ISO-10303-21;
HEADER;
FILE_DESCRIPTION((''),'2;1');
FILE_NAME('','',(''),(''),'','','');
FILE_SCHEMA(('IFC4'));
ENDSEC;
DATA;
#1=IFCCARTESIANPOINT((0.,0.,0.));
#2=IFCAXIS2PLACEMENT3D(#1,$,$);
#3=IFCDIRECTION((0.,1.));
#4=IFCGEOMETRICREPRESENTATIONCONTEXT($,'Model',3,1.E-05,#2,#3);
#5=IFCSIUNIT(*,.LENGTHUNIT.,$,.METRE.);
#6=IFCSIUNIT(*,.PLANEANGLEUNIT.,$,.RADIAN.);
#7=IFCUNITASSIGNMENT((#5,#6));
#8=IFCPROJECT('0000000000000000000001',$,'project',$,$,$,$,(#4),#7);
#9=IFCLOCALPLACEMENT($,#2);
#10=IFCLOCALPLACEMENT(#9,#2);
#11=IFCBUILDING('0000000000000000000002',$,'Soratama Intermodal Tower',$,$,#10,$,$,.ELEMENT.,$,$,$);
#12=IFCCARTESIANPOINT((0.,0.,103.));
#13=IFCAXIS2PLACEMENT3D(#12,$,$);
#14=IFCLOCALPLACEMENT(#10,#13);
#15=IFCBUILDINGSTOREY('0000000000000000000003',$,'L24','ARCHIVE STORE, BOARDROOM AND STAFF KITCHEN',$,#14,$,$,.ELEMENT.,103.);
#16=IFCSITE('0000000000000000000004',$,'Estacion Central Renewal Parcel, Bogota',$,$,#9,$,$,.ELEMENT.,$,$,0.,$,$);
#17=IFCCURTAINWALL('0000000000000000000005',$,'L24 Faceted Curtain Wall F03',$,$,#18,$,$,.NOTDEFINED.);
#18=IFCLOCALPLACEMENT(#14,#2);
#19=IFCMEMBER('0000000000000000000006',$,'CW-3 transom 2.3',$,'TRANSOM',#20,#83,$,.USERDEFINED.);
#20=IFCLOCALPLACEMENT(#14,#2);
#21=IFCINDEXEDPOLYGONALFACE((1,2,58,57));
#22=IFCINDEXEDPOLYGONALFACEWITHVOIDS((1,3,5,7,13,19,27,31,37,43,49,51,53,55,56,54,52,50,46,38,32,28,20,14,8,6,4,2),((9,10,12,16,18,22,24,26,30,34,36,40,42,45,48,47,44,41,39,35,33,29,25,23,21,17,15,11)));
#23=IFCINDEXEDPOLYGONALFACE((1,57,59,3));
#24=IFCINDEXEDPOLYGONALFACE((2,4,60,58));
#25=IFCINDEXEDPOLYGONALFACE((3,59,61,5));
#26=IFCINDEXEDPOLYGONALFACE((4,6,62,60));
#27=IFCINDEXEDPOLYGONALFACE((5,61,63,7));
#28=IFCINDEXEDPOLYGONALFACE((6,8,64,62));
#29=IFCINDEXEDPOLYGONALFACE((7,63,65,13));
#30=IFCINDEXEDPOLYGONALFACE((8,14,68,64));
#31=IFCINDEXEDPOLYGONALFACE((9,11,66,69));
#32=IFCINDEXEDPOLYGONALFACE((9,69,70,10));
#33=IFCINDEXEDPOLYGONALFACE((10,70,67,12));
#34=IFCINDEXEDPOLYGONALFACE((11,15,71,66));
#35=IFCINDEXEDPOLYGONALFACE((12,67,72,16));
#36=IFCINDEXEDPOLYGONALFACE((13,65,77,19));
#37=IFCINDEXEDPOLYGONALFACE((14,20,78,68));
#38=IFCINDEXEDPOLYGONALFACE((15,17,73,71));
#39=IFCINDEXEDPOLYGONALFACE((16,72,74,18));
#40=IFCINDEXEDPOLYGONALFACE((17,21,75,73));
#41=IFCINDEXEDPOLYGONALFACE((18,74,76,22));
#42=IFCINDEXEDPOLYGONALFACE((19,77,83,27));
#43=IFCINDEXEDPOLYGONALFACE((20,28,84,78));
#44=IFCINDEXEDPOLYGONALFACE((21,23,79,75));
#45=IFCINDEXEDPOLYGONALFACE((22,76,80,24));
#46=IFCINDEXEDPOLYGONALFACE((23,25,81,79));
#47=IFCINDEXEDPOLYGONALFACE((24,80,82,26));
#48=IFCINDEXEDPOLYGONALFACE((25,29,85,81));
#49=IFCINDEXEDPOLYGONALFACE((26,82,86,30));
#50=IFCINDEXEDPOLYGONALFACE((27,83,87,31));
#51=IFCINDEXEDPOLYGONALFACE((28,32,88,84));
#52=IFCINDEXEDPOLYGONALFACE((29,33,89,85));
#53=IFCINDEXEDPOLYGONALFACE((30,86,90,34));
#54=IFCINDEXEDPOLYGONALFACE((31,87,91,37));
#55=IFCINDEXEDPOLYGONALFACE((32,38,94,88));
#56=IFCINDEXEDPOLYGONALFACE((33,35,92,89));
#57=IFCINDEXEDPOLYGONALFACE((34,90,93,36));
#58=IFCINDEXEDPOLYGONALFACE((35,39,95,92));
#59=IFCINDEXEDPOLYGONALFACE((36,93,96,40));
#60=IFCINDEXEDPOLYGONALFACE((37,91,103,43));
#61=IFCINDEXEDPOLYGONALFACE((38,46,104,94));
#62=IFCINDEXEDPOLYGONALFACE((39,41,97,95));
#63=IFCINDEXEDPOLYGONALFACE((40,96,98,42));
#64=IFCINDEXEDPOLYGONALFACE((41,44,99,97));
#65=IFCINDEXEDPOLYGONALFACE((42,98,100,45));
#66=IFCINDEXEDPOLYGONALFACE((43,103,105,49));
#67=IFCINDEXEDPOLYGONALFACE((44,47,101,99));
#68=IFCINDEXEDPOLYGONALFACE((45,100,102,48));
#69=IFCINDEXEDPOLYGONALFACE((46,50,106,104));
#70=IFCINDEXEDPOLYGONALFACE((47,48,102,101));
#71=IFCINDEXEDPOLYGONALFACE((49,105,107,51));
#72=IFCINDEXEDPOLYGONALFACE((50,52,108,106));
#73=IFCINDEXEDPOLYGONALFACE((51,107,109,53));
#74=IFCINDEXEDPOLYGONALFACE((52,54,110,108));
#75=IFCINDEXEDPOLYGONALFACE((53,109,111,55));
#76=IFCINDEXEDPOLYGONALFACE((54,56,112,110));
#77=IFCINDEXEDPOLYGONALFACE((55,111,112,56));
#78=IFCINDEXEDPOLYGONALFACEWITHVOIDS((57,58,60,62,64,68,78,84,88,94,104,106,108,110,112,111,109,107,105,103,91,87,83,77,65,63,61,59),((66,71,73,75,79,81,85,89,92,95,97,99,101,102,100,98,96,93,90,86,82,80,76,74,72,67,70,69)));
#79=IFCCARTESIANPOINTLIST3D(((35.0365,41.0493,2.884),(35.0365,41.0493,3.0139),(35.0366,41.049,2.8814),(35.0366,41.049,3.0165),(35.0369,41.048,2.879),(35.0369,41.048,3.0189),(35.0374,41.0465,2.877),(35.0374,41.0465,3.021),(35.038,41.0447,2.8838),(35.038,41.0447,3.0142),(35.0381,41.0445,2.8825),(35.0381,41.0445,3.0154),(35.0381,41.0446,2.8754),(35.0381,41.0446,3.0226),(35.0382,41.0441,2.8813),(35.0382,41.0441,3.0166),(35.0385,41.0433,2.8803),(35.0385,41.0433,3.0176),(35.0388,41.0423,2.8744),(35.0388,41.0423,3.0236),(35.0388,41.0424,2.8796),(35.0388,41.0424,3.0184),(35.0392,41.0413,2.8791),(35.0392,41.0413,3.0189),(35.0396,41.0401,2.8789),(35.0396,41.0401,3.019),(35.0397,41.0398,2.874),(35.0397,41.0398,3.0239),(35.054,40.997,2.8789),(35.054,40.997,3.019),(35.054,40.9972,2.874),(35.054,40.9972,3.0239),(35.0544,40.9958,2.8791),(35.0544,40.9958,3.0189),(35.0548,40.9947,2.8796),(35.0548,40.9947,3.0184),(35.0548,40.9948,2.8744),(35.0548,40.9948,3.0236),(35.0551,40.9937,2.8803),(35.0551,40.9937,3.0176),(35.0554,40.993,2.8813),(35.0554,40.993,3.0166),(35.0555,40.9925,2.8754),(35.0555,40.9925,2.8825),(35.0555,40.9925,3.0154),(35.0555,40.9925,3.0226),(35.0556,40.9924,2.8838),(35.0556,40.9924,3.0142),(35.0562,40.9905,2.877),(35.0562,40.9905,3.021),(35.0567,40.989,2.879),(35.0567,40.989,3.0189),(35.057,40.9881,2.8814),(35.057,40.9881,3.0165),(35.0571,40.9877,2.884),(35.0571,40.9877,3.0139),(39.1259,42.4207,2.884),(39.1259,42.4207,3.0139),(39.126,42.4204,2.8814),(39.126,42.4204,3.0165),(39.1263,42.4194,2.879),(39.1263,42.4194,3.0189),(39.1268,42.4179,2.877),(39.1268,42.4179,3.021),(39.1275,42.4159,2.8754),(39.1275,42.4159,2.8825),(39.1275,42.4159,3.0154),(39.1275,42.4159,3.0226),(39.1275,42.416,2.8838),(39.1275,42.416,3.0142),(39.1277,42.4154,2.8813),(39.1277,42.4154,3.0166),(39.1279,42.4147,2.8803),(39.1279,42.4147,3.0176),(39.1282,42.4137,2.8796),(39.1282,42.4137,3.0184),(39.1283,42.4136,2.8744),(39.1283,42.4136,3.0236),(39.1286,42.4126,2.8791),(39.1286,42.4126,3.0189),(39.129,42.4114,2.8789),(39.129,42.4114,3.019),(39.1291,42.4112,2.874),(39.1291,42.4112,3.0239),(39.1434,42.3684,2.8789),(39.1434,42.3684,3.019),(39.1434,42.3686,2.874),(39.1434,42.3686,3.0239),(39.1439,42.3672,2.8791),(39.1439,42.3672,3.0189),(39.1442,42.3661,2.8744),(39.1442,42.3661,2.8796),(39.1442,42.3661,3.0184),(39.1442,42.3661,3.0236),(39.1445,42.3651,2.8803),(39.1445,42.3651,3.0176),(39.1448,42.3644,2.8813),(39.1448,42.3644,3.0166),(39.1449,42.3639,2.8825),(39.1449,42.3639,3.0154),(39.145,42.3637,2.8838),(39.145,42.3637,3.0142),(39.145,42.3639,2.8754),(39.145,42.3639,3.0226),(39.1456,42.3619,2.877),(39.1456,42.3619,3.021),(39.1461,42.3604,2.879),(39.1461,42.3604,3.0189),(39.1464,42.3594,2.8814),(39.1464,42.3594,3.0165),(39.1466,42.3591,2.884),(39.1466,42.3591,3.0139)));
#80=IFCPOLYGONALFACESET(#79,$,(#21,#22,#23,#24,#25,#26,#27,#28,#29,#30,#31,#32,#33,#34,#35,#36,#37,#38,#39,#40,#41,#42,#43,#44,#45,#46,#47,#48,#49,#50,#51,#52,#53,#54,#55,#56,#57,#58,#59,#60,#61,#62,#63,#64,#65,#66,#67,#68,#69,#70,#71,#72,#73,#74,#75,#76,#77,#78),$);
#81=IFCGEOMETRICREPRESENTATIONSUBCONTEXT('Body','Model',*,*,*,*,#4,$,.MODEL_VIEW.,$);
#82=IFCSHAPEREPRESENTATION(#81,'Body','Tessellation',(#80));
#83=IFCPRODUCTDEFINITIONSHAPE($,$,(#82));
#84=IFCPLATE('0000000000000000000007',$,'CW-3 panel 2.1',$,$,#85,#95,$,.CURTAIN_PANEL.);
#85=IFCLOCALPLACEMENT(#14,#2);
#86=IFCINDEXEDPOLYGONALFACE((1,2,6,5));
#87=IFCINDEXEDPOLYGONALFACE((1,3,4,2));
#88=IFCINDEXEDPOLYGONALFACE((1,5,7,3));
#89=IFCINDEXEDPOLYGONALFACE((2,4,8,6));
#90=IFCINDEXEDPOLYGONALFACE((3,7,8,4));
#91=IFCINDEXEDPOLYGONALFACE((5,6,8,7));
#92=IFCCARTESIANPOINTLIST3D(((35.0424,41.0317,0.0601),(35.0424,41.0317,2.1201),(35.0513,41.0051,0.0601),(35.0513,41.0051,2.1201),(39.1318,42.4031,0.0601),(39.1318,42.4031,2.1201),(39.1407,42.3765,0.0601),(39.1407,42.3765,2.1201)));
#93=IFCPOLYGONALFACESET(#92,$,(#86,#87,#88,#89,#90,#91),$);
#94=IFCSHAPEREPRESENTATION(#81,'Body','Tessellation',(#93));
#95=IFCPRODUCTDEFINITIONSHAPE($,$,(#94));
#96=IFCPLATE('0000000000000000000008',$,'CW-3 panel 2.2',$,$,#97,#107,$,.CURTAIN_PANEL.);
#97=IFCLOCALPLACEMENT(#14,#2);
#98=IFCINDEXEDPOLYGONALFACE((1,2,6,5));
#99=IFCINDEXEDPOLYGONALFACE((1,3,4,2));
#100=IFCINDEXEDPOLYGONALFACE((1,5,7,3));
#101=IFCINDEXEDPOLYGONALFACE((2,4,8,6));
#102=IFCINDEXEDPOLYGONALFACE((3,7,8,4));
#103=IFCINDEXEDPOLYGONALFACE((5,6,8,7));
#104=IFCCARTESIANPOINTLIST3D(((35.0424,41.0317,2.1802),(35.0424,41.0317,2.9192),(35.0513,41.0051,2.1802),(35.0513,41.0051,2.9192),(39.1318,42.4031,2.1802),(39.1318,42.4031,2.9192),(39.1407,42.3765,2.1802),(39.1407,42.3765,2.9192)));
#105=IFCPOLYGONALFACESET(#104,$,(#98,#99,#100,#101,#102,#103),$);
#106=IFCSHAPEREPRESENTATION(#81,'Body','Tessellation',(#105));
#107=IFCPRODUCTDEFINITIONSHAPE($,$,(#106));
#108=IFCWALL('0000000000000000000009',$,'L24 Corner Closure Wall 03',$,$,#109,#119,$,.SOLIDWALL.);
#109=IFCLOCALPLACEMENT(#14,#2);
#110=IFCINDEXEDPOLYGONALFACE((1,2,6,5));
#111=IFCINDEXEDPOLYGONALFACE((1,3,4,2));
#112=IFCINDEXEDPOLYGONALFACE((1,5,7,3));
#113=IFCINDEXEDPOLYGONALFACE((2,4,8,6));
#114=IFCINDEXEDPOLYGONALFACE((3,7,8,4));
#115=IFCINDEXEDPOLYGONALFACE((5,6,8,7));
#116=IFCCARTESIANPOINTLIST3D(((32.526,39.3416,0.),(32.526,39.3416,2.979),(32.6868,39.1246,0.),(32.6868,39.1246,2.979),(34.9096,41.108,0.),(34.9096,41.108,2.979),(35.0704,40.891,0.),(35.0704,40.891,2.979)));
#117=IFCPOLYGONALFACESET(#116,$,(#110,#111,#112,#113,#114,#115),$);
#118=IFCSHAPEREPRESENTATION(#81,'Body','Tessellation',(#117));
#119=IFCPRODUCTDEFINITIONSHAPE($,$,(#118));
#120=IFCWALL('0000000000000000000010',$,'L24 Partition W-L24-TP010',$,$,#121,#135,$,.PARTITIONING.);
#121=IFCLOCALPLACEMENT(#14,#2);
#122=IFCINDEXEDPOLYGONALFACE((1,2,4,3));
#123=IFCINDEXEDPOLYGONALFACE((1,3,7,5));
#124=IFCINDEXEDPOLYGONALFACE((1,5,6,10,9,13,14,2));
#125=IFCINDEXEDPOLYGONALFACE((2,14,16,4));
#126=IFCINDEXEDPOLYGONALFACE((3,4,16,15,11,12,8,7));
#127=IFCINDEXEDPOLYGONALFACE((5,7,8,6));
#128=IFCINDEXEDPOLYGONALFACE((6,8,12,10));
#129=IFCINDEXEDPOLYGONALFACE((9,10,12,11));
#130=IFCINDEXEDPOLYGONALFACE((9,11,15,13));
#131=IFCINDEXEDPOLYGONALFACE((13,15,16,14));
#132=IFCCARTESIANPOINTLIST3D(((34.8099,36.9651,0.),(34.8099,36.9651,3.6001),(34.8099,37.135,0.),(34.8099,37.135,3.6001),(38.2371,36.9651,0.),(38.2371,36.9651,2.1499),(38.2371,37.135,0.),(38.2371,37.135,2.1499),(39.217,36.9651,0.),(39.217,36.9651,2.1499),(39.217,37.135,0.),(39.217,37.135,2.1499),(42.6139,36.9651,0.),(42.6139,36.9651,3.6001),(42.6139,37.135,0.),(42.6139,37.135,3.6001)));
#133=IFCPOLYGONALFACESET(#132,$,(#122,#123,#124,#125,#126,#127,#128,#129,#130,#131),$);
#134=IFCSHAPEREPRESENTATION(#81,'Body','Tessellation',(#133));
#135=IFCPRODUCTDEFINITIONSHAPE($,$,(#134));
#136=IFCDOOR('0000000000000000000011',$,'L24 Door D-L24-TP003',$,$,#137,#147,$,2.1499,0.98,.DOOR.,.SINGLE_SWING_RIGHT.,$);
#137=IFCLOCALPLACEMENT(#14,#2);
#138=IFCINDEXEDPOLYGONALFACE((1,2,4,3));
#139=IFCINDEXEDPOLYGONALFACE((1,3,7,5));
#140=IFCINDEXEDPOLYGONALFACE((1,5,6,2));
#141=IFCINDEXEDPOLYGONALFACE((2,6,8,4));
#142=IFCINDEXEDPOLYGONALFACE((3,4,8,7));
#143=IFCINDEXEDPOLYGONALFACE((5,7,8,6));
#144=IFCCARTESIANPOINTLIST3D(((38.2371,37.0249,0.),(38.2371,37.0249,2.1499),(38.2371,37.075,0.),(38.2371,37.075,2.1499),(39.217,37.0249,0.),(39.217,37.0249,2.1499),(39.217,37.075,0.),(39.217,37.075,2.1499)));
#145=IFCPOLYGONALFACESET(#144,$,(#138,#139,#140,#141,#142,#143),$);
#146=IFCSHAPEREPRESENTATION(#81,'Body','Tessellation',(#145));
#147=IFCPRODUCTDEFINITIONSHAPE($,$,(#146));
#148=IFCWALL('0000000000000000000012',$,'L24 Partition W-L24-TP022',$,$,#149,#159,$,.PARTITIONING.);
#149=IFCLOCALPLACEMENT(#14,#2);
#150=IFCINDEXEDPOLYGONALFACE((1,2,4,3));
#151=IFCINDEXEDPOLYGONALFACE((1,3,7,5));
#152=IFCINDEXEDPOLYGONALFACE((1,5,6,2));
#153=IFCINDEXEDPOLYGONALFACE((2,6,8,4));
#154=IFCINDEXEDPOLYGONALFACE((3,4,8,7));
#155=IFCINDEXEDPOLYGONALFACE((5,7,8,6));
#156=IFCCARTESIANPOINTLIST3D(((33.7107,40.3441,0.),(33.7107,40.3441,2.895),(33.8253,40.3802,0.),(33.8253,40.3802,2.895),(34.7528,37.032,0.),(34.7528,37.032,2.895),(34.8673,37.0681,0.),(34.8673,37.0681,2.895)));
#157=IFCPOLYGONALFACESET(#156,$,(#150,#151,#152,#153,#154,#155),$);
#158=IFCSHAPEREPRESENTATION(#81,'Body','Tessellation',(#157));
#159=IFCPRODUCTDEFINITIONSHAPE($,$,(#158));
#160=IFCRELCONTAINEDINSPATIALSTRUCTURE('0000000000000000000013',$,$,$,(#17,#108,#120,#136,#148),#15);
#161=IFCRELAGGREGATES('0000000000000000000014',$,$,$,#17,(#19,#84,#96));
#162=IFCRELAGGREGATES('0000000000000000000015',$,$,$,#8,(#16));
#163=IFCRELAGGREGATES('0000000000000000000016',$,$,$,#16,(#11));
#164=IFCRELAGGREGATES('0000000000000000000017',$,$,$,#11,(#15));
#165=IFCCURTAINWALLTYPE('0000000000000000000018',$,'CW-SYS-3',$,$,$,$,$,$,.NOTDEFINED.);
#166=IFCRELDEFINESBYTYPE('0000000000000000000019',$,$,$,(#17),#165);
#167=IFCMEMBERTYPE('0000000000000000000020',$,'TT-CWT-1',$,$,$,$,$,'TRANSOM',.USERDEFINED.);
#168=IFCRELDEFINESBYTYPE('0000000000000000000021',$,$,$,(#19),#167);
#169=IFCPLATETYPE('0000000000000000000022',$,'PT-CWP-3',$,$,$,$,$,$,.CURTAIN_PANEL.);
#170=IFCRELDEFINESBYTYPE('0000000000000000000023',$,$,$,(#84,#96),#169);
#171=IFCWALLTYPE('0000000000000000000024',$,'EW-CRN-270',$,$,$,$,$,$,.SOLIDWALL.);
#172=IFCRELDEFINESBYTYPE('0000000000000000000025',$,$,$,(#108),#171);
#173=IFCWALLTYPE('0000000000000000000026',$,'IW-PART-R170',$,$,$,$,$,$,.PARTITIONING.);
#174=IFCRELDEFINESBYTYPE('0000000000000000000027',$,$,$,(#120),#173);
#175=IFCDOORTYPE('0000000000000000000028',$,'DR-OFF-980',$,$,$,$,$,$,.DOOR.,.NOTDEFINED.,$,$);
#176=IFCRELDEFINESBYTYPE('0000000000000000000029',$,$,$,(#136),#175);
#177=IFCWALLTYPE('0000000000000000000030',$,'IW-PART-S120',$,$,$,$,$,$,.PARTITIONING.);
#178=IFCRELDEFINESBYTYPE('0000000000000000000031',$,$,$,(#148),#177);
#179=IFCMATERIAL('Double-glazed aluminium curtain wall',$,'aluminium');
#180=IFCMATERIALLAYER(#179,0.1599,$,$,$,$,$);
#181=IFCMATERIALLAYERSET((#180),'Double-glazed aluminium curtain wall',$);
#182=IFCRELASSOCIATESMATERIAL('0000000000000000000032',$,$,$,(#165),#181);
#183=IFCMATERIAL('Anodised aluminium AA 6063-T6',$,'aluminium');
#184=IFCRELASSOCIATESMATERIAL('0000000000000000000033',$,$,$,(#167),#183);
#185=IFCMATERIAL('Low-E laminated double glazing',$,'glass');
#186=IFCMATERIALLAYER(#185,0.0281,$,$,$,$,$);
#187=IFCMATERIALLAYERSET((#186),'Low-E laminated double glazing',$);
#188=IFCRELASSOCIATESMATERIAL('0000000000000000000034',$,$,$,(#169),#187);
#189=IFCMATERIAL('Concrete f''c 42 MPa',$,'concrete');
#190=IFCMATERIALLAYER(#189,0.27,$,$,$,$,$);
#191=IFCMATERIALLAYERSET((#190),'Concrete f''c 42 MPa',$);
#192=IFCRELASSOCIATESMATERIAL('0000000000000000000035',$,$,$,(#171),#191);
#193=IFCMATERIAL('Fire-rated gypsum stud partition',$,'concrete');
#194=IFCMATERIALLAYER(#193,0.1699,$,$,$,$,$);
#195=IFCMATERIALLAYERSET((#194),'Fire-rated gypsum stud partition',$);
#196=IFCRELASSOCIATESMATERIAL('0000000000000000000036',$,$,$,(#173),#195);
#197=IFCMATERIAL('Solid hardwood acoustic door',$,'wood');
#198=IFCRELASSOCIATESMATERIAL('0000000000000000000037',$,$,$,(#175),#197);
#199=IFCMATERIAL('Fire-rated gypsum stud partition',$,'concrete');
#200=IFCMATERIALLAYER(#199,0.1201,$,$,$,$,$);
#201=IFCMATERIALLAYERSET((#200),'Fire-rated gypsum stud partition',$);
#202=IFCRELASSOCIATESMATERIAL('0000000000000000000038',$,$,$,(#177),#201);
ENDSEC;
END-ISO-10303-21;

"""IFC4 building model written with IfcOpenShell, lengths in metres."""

from ifc_helpers import new_model, si_unit, direction, frame, frame_2d, origin, origin_2d, place, context, subcontext, project, spatial, rectangle, hollow_rectangle, extrude, material, layer, layer_set, material_profile, profile_set, type_object, element, fill, aggregate, save


model = new_model("IFC4")

# Units and contexts
model_context = context("Model", 3, precision=1e-05, world=origin(), true_north=direction((0.0, 1.0)))
body_context = subcontext(model_context, "Body", "Model", "MODEL_VIEW")
ifc_project = project(units=[si_unit("LENGTHUNIT", "METRE"), si_unit("PLANEANGLEUNIT", "RADIAN")], contexts=[model_context])

# Site, building, storey
site_placement = place(None, origin())
site = spatial("IfcSite", under=ifc_project, at=site_placement, Name="Estacion Central Renewal Parcel, Bogota", CompositionType="ELEMENT", RefElevation=0.0)
building_placement = place(site_placement, origin())
building = spatial("IfcBuilding", under=site, at=building_placement, Name="Soratama Intermodal Tower", CompositionType="ELEMENT")
storey_placement = place(building_placement, frame((0.0, 0.0, 103.0)))
storey = spatial("IfcBuildingStorey", under=building, at=storey_placement, Name="L24", Description="ARCHIVE STORE, BOARDROOM AND STAFF KITCHEN", CompositionType="ELEMENT", Elevation=103.0)

# Curtain wall, member, plates
ifc_material_1 = material(Name="Double-glazed aluminium curtain wall", Category="aluminium")
ifc_layer_1 = layer(ifc_material_1, 0.1599)
ifc_layer_set_1 = layer_set([ifc_layer_1], Name="Double-glazed aluminium curtain wall")
curtain_wall_type = type_object("IfcCurtainWallType", Name="CW-SYS-3", PredefinedType="NOTDEFINED", material=ifc_layer_set_1)
curtain_wall_placement = place(storey_placement, origin())
curtain_wall = element("IfcCurtainWall", 1, at=curtain_wall_placement, inside=storey, type_object=curtain_wall_type, Name="L24 Faceted Curtain Wall F03", PredefinedType="NOTDEFINED")
ifc_material_2 = material(Name="Anodised aluminium AA 6063-T6", Category="aluminium")
ifc_material_profile_1 = material_profile(ifc_material_2, hollow_rectangle(XDim=0.0649, YDim=0.1499, WallThickness=0.0049, InnerFilletRadius=0.0049, OuterFilletRadius=0.01, at=origin_2d()), Name="CWT150X65X5")
ifc_profile_set_1 = profile_set([ifc_material_profile_1], Name="Anodised aluminium AA 6063-T6")
member_type_1 = type_object("IfcMemberType", Name="TT-CWT-1", ElementType="TRANSOM", PredefinedType="USERDEFINED", material=ifc_profile_set_1)
member_1_placement = place(storey_placement, frame((39.1362, 42.3899, 2.949), z_axis=(-0.94811, -0.317942, 0.0), x_axis=(0.317942, -0.94811, 0.0)))
member_1 = element("IfcMember", 2, at=member_1_placement, type_object=member_type_1, Name="CW-3 transom 2.3", ObjectType="TRANSOM", PredefinedType="USERDEFINED", context=body_context, shape_type="SweptSolid", body=[
    extrude(hollow_rectangle(XDim=0.0649, YDim=0.1499, WallThickness=0.0049, InnerFilletRadius=0.0049, OuterFilletRadius=0.01, at=origin_2d()), origin(), (0.0, 0.0, 1.0), 4.3132),
])
ifc_material_3 = material(Name="Low-E laminated double glazing", Category="glass")
ifc_layer_2 = layer(ifc_material_3, 0.0281)
ifc_layer_set_2 = layer_set([ifc_layer_2], Name="Low-E laminated double glazing")
plate_type = type_object("IfcPlateType", Name="PT-CWP-3", PredefinedType="CURTAIN_PANEL", material=ifc_layer_set_2)
plate_1_placement = place(storey_placement, frame((37.0916, 41.7041, 0.0601), z_axis=(0.0, 0.0, 1.0), x_axis=(-0.948105, -0.317958, 0.0)))
plate_1 = element("IfcPlate", 3, at=plate_1_placement, type_object=plate_type, Name="CW-3 panel 2.1", PredefinedType="CURTAIN_PANEL", context=body_context, shape_type="SweptSolid", body=[
    extrude(rectangle(XDim=4.3132, YDim=0.0281, at=origin_2d()), origin(), (0.0, 0.0, 1.0), 2.0601),
])
plate_2_placement = place(storey_placement, frame((37.0916, 41.7041, 2.1802), z_axis=(0.0, 0.0, 1.0), x_axis=(-0.948105, -0.317958, 0.0)))
plate_2 = element("IfcPlate", 4, at=plate_2_placement, type_object=plate_type, Name="CW-3 panel 2.2", PredefinedType="CURTAIN_PANEL", context=body_context, shape_type="SweptSolid", body=[
    extrude(rectangle(XDim=4.3132, YDim=0.0281, at=origin_2d()), origin(), (0.0, 0.0, 1.0), 0.739),
])
aggregate(curtain_wall, [member_1, plate_1, plate_2])

# Wall
ifc_material_4 = material(Name="Concrete f'c 42 MPa", Category="concrete")
ifc_layer_3 = layer(ifc_material_4, 0.27)
ifc_layer_set_3 = layer_set([ifc_layer_3], Name="Concrete f'c 42 MPa")
wall_type_1 = type_object("IfcWallType", Name="EW-CRN-270", PredefinedType="SOLIDWALL", material=ifc_layer_set_3)
wall_1_placement = place(storey_placement, frame((34.99, 40.9995, 0.0), z_axis=(0.0, 0.0, 1.0), x_axis=(-0.803433, -0.595395, 0.0)))
element("IfcWall", 5, at=wall_1_placement, inside=storey, type_object=wall_type_1, Name="L24 Corner Closure Wall 03", PredefinedType="SOLIDWALL", context=body_context, shape_type="SweptSolid", body=[
    extrude(rectangle(XDim=2.9668, YDim=0.27, at=frame_2d((1.4834, 0.0))), origin(), (0.0, 0.0, 1.0), 2.979),
])

# Wall, opening, door
ifc_material_5 = material(Name="Fire-rated gypsum stud partition", Category="concrete")
ifc_layer_4 = layer(ifc_material_5, 0.1699)
ifc_layer_set_4 = layer_set([ifc_layer_4], Name="Fire-rated gypsum stud partition")
wall_type_2 = type_object("IfcWallType", Name="IW-PART-R170", PredefinedType="PARTITIONING", material=ifc_layer_set_4)
wall_2_placement = place(storey_placement, frame((34.8101, 37.05, 0.0), z_axis=(0.0, 0.0, 1.0), x_axis=(1.0, 0.0, 0.0)))
wall_2 = element("IfcWall", 6, at=wall_2_placement, inside=storey, type_object=wall_type_2, Name="L24 Partition W-L24-TP010", PredefinedType="PARTITIONING", context=body_context, shape_type="SweptSolid", body=[
    extrude(rectangle(XDim=7.804, YDim=0.1699, at=frame_2d((3.9019, 0.0))), origin(), (0.0, 0.0, 1.0), 3.6001),
])
opening_placement = place(wall_2_placement, frame((3.427, 0.0, 0.0)))
opening = element("IfcOpeningElement", 7, at=opening_placement, cuts=wall_2, PredefinedType="OPENING", context=body_context, shape_type="SweptSolid", body=[
    extrude(rectangle(XDim=0.98, YDim=2.1499, at=frame_2d((0.49, 1.075))), frame((0.0, 0.095, 0.0), z_axis=(0.0, -1.0, 0.0), x_axis=(1.0, 0.0, 0.0)), (0.0, 0.0, 1.0), 0.1899),
])
ifc_material_6 = material(Name="Solid hardwood acoustic door", Category="wood")
door_type = type_object("IfcDoorType", Name="DR-OFF-980", OperationType="NOTDEFINED", PredefinedType="DOOR", material=ifc_material_6)
door_placement = place(opening_placement, origin())
door = element("IfcDoor", 8, at=door_placement, inside=storey, type_object=door_type, Name="L24 Door D-L24-TP003", OperationType="SINGLE_SWING_RIGHT", OverallHeight=2.1499, OverallWidth=0.98, PredefinedType="DOOR", context=body_context, shape_type="SweptSolid", body=[
    extrude(rectangle(XDim=0.98, YDim=2.1499, at=frame_2d((0.49, 1.075))), frame((0.0, 0.0249, 0.0), z_axis=(0.0, -1.0, 0.0), x_axis=(1.0, 0.0, 0.0)), (0.0, 0.0, 1.0), 0.05),
])
fill(opening, door)

# Wall
ifc_material_7 = material(Name="Fire-rated gypsum stud partition", Category="concrete")
ifc_layer_5 = layer(ifc_material_7, 0.1201)
ifc_layer_set_5 = layer_set([ifc_layer_5], Name="Fire-rated gypsum stud partition")
wall_type_3 = type_object("IfcWallType", Name="IW-PART-S120", PredefinedType="PARTITIONING", material=ifc_layer_set_5)
wall_3_placement = place(storey_placement, frame((34.8101, 37.05, 0.0), z_axis=(0.0, 0.0, 1.0), x_axis=(-0.300108, 0.953905, 0.0)))
element("IfcWall", 9, at=wall_3_placement, inside=storey, type_object=wall_type_3, Name="L24 Partition W-L24-TP022", PredefinedType="PARTITIONING", context=body_context, shape_type="SweptSolid", body=[
    extrude(rectangle(XDim=3.4722, YDim=0.1201, at=frame_2d((1.7361, 0.0))), origin(), (0.0, 0.0, 1.0), 2.895),
])

save(model, "model.ifc")
